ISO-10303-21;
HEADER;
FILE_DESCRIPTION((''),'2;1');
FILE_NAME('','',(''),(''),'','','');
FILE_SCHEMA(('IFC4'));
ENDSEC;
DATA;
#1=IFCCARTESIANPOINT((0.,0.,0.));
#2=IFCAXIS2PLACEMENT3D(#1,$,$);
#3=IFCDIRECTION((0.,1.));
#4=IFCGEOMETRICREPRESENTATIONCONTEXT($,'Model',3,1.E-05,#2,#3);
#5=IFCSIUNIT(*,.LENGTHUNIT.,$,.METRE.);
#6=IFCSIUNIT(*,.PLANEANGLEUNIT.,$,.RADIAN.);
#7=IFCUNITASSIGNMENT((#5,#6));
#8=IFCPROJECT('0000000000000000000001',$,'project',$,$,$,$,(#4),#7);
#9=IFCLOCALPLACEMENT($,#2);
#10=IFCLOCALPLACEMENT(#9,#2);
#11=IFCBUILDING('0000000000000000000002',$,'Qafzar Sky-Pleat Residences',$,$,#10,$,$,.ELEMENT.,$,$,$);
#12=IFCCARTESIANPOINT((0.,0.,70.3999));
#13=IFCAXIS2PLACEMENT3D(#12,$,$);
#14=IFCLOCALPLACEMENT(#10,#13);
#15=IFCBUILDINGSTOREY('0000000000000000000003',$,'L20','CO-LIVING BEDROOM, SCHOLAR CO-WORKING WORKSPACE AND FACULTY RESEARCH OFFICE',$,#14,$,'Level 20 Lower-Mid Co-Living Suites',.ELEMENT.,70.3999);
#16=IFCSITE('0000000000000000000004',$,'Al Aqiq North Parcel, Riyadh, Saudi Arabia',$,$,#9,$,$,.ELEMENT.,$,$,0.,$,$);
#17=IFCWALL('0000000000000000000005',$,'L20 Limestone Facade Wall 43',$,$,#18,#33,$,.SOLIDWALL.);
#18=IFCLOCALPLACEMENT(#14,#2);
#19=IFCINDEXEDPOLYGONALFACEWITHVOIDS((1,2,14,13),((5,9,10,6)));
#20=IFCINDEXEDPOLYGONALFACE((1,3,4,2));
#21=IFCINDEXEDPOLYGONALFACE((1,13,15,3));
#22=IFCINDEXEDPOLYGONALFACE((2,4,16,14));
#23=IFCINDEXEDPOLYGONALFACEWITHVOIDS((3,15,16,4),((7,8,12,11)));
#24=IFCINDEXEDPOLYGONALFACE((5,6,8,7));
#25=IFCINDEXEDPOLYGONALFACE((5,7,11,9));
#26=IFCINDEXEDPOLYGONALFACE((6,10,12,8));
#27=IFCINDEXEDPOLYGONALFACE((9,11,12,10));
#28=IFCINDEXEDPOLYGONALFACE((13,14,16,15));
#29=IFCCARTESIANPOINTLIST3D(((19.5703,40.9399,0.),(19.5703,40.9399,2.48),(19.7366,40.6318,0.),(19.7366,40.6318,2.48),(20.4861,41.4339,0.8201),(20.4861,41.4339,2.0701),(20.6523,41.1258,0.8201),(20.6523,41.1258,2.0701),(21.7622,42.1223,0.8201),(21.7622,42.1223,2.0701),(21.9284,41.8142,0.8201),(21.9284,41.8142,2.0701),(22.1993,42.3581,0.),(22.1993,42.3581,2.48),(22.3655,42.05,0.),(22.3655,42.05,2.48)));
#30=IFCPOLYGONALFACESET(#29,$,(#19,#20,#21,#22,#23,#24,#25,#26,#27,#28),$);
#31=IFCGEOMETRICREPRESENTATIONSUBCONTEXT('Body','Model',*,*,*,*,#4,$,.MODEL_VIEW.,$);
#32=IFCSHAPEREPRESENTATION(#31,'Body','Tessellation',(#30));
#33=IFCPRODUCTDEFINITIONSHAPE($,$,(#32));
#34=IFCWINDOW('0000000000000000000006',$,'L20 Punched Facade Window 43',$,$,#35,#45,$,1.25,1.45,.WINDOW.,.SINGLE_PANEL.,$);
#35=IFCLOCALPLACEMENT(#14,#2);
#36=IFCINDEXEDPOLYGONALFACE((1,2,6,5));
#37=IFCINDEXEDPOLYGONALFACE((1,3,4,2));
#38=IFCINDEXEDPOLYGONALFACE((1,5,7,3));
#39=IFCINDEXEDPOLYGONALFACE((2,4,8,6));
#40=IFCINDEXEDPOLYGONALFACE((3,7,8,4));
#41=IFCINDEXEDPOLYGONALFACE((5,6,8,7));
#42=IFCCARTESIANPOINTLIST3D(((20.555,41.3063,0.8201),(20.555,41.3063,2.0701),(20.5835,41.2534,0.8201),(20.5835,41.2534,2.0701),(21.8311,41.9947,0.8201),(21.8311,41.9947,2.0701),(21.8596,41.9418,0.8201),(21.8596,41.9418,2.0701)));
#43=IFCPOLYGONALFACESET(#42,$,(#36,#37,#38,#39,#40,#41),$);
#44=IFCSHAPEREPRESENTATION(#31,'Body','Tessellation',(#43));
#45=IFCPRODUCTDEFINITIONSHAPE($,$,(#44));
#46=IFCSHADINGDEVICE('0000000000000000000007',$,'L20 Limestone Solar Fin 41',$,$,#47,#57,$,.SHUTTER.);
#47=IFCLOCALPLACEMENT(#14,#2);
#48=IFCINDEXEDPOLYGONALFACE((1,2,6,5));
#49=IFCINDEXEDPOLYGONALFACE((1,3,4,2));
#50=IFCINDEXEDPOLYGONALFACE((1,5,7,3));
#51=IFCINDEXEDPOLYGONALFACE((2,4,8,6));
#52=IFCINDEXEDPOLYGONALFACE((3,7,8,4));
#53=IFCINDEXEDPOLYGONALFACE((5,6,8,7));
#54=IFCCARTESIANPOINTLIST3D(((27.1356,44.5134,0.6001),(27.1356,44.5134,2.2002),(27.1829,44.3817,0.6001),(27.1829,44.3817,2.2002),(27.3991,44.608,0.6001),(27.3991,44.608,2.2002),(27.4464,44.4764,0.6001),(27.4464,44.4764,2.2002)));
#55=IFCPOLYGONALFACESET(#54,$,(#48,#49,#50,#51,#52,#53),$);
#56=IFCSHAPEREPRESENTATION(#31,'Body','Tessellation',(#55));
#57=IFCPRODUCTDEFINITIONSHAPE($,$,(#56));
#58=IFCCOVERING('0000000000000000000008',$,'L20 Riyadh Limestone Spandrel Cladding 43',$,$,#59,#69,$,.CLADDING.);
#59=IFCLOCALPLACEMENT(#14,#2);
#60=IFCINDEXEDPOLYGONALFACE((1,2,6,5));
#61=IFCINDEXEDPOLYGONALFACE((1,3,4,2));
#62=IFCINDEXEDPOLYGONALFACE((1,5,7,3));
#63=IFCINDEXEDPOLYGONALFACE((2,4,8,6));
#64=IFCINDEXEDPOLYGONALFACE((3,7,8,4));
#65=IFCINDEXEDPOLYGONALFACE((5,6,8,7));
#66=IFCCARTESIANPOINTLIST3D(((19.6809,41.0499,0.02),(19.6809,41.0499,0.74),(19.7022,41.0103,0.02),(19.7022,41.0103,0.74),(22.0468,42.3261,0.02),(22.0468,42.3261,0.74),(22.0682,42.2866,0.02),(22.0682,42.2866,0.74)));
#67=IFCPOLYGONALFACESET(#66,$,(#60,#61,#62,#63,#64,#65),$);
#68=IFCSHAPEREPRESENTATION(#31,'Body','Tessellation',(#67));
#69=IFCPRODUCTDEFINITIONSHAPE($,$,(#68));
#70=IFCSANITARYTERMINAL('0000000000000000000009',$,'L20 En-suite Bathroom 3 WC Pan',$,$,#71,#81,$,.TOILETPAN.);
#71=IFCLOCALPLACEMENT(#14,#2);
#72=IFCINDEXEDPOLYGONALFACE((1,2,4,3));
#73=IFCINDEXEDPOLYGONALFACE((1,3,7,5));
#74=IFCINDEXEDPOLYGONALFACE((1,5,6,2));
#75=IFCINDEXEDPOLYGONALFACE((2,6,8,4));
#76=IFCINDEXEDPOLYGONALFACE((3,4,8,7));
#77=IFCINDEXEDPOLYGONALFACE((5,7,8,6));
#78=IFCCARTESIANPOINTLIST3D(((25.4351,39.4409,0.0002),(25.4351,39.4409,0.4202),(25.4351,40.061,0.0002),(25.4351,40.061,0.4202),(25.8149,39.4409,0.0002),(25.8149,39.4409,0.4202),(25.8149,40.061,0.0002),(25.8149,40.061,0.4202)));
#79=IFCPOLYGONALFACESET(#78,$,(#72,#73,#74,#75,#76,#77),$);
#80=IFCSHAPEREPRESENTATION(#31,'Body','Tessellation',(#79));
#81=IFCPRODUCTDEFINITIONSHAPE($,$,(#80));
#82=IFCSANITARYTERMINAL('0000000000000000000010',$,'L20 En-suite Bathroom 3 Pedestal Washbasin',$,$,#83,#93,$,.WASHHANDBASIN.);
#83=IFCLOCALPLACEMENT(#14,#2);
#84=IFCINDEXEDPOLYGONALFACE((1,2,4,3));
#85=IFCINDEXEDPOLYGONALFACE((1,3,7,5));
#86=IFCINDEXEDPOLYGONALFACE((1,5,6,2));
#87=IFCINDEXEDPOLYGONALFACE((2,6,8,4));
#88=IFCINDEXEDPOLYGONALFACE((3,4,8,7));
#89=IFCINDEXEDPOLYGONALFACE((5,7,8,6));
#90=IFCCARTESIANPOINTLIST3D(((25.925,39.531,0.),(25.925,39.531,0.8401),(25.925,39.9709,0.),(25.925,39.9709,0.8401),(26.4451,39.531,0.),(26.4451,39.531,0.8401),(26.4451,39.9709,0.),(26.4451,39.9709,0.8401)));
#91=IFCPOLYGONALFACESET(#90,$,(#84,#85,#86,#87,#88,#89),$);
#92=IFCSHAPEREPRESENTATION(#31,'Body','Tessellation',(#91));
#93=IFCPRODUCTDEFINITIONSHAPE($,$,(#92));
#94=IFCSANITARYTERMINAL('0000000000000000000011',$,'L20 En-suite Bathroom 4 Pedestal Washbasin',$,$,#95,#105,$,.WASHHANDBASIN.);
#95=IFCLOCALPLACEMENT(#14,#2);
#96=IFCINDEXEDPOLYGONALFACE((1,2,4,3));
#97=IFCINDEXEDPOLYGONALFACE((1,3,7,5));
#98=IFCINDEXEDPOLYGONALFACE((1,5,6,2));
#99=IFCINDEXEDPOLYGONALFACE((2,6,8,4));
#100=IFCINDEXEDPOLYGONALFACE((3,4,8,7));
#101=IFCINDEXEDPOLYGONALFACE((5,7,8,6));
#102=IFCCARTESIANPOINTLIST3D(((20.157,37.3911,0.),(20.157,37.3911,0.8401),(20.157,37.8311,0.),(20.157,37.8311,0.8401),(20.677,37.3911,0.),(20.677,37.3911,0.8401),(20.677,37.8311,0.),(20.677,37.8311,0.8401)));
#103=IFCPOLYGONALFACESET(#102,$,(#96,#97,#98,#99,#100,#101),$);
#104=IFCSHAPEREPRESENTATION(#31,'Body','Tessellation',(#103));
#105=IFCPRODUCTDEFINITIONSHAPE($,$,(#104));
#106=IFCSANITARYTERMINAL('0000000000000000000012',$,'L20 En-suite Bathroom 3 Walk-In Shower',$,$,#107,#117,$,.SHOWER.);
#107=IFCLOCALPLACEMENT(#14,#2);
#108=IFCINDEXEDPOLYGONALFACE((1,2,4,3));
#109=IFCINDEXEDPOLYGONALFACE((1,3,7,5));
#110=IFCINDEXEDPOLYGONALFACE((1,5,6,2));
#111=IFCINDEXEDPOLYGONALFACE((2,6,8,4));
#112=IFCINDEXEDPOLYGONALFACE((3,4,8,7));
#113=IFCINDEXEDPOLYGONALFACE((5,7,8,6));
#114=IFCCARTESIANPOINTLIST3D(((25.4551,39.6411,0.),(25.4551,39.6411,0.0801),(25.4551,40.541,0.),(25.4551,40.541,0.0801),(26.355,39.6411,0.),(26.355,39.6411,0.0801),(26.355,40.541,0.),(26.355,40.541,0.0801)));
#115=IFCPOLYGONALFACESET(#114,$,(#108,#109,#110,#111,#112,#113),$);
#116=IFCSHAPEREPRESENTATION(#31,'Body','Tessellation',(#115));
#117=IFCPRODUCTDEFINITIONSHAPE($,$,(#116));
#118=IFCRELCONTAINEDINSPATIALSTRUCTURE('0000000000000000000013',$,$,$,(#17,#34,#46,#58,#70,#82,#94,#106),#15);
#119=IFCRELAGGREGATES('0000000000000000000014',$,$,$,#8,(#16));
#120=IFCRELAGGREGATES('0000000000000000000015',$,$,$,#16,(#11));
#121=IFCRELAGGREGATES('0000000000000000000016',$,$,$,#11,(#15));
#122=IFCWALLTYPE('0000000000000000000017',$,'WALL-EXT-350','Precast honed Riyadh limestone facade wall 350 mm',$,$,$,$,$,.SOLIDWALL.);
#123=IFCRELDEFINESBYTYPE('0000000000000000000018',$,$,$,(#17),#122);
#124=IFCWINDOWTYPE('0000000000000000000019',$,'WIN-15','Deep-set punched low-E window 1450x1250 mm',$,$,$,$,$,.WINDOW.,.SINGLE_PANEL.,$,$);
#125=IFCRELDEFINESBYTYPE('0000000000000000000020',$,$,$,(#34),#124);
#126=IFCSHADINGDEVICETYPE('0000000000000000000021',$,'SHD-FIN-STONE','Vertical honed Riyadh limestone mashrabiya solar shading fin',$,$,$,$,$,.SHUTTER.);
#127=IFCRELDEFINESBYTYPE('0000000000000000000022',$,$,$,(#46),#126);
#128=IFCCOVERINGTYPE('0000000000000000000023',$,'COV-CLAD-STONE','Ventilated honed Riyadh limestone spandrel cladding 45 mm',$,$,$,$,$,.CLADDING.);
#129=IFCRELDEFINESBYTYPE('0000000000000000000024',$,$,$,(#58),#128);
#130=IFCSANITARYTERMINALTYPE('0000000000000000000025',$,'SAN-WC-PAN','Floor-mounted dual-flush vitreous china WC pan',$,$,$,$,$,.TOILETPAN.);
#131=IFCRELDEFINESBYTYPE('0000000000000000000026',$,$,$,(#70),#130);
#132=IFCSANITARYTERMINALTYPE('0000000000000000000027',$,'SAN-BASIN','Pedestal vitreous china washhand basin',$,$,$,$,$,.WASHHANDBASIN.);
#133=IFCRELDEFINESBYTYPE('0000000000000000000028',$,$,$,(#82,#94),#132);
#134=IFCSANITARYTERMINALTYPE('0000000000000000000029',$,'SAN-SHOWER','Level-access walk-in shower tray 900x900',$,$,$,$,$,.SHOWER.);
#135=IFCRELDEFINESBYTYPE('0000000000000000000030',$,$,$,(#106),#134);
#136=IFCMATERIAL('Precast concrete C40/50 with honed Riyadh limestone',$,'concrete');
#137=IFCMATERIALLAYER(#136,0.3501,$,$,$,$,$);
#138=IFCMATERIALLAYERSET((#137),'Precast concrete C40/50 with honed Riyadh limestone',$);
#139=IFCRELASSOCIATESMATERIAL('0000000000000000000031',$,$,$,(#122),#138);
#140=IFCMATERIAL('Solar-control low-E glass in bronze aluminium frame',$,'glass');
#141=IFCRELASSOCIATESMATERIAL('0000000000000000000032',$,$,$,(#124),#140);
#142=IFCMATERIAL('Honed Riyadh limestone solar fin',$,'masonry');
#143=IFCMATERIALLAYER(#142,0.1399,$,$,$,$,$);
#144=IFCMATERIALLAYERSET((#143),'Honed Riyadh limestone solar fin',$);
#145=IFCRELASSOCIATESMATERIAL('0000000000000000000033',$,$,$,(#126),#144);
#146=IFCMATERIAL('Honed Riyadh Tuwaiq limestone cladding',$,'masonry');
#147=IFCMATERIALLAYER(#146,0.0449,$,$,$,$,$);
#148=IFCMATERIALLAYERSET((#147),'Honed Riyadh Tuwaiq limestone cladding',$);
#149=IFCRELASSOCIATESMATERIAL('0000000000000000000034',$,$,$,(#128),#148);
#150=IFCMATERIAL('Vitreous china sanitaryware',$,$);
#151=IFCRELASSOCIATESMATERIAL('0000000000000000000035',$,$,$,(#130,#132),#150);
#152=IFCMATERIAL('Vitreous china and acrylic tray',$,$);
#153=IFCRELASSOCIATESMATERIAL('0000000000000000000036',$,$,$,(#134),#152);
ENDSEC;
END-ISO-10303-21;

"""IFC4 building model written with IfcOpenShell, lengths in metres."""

from ifc_helpers import new_model, si_unit, direction, frame, frame_2d, origin, origin_2d, place, context, subcontext, project, spatial, rectangle, extrude, source, transform, mapped, material, layer, layer_set, type_object, element, fill, save


model = new_model("IFC4")

# Units and contexts
model_context = context("Model", 3, precision=1e-05, world=origin(), true_north=direction((0.0, 1.0)))
body_context = subcontext(model_context, "Body", "Model", "MODEL_VIEW")
ifc_project = project(units=[si_unit("LENGTHUNIT", "METRE"), si_unit("PLANEANGLEUNIT", "RADIAN")], contexts=[model_context])

# Site, building, storey
site_placement = place(None, origin())
site = spatial("IfcSite", under=ifc_project, at=site_placement, Name="Al Aqiq North Parcel, Riyadh, Saudi Arabia", CompositionType="ELEMENT", RefElevation=0.0)
building_placement = place(site_placement, origin())
building = spatial("IfcBuilding", under=site, at=building_placement, Name="Qafzar Sky-Pleat Residences", CompositionType="ELEMENT")
storey_placement = place(building_placement, frame((0.0, 0.0, 70.3999)))
storey = spatial("IfcBuildingStorey", under=building, at=storey_placement, Name="L20", Description="CO-LIVING BEDROOM, SCHOLAR CO-WORKING WORKSPACE AND FACULTY RESEARCH OFFICE", LongName="Level 20 Lower-Mid Co-Living Suites", CompositionType="ELEMENT", Elevation=70.3999)

# Shared definitions
ifc_material_1 = material(Name="Precast concrete C40/50 with honed Riyadh limestone", Category="concrete")
ifc_layer_1 = layer(ifc_material_1, 0.3501)
ifc_layer_set_1 = layer_set([ifc_layer_1], Name="Precast concrete C40/50 with honed Riyadh limestone")
wall_type_1 = type_object("IfcWallType", Name="WALL-EXT-350", Description="Precast honed Riyadh limestone facade wall 350 mm", PredefinedType="SOLIDWALL", material=ifc_layer_set_1)
ifc_material_2 = material(Name="Solar-control low-E glass in bronze aluminium frame", Category="glass")

# Wall, opening, window
wall_1_placement = place(storey_placement, frame((22.2825, 42.2041, 0.0), z_axis=(0.0, 0.0, 1.0), x_axis=(-0.880101, -0.474787, 0.0)))
wall_1 = element("IfcWall", 1, at=wall_1_placement, inside=storey, type_object=wall_type_1, Name="L20 Limestone Facade Wall 43", PredefinedType="SOLIDWALL", context=body_context, shape_type="SweptSolid", body=[
    extrude(rectangle(XDim=2.9871, YDim=0.3501, at=frame_2d((1.4937, 0.0))), origin(), (0.0, 0.0, 1.0), 2.48),
])
opening_1_placement = place(wall_1_placement, frame((0.4966, 0.0, 0.8201)))
opening_1 = element("IfcOpeningElement", 2, at=opening_1_placement, cuts=wall_1, PredefinedType="OPENING", context=body_context, shape_type="SweptSolid", body=[
    extrude(rectangle(XDim=1.45, YDim=1.25, at=frame_2d((0.7251, 0.625))), frame((0.0, 0.1851, 0.0), z_axis=(0.0, -1.0, 0.0), x_axis=(1.0, 0.0, 0.0)), (0.0, 0.0, 1.0), 0.3701),
])
window_type_1 = type_object("IfcWindowType", Name="WIN-15", Description="Deep-set punched low-E window 1450x1250 mm", PartitioningType="SINGLE_PANEL", PredefinedType="WINDOW", material=ifc_material_2)
shared_shape_1 = source(origin(), body_context, "Body", "SweptSolid", [
    extrude(rectangle(XDim=1.45, YDim=1.25, at=frame_2d((0.7251, 0.625))), frame((0.0, 0.03, 0.0), z_axis=(0.0, -1.0, 0.0), x_axis=(1.0, 0.0, 0.0)), (0.0, 0.0, 1.0), 0.0601),
])
window_1_placement = place(opening_1_placement, origin())
window_1 = element("IfcWindow", 3, at=window_1_placement, inside=storey, type_object=window_type_1, Name="L20 Punched Facade Window 43", OverallHeight=1.25, OverallWidth=1.45, PartitioningType="SINGLE_PANEL", PredefinedType="WINDOW", context=body_context, shape_type="MappedRepresentation", body=[
    mapped(shared_shape_1, transform((0.0, 0.0, 0.0), x_axis=(1.0, 0.0, 0.0), y_axis=(0.0, 1.0, 0.0), z_axis=(0.0, 0.0, 1.0), scale=1.0)),
])
fill(opening_1, window_1)

# Shading device
ifc_material_3 = material(Name="Honed Riyadh limestone solar fin", Category="masonry")
ifc_layer_2 = layer(ifc_material_3, 0.1399)
ifc_layer_set_2 = layer_set([ifc_layer_2], Name="Honed Riyadh limestone solar fin")
shading_device_type = type_object("IfcShadingDeviceType", Name="SHD-FIN-STONE", Description="Vertical honed Riyadh limestone mashrabiya solar shading fin", PredefinedType="SHUTTER", material=ifc_layer_set_2)
shared_shape_2 = source(origin(), body_context, "Body", "SweptSolid", [
    extrude(rectangle(XDim=0.1399, YDim=0.28, at=origin_2d()), origin(), (0.0, 0.0, 1.0), 1.6001),
])
shading_device_placement = place(storey_placement, frame((27.291, 44.4949, 0.6001), z_axis=(0.0, 0.0, 1.0), x_axis=(-0.338106, 0.941108, 0.0)))
element("IfcShadingDevice", 4, at=shading_device_placement, inside=storey, type_object=shading_device_type, Name="L20 Limestone Solar Fin 41", PredefinedType="SHUTTER", context=body_context, shape_type="MappedRepresentation", body=[
    mapped(shared_shape_2, transform((0.0, 0.0, 0.0), x_axis=(1.0, 0.0, 0.0), y_axis=(0.0, 1.0, 0.0), z_axis=(0.0, 0.0, 1.0), scale=1.0)),
])

# Covering
ifc_material_4 = material(Name="Honed Riyadh Tuwaiq limestone cladding", Category="masonry")
ifc_layer_3 = layer(ifc_material_4, 0.0449)
ifc_layer_set_3 = layer_set([ifc_layer_3], Name="Honed Riyadh Tuwaiq limestone cladding")
covering_type = type_object("IfcCoveringType", Name="COV-CLAD-STONE", Description="Ventilated honed Riyadh limestone spandrel cladding 45 mm", PredefinedType="CLADDING", material=ifc_layer_set_3)
shared_shape_3 = source(origin(), body_context, "Body", "SweptSolid", [
    extrude(rectangle(XDim=2.6882, YDim=0.0449, at=origin_2d()), origin(), (0.0, 0.0, 1.0), 0.72),
])
covering_placement = place(storey_placement, frame((20.8745, 41.6682, 0.02), z_axis=(0.0, 0.0, 1.0), x_axis=(-0.880124, -0.474745, 0.0)))
element("IfcCovering", 5, at=covering_placement, inside=storey, type_object=covering_type, Name="L20 Riyadh Limestone Spandrel Cladding 43", PredefinedType="CLADDING", context=body_context, shape_type="MappedRepresentation", body=[
    mapped(shared_shape_3, transform((0.0, 0.0, 0.0), x_axis=(1.0, 0.0, 0.0), y_axis=(0.0, 1.0, 0.0), z_axis=(0.0, 0.0, 1.0), scale=1.0)),
])

# Sanitary terminals
ifc_material_5 = material(Name="Vitreous china sanitaryware")
sanitary_terminal_type_1 = type_object("IfcSanitaryTerminalType", Name="SAN-WC-PAN", Description="Floor-mounted dual-flush vitreous china WC pan", PredefinedType="TOILETPAN", material=ifc_material_5)
shared_shape_4 = source(origin(), body_context, "Body", "SweptSolid", [
    extrude(rectangle(XDim=0.3799, YDim=0.6201, at=origin_2d()), origin(), (0.0, 0.0, 1.0), 0.4199),
])
sanitary_terminal_1_placement = place(storey_placement, frame((25.625, 39.751, 0.0002), z_axis=(0.0, 0.0, 1.0), x_axis=(1.0, 0.0, 0.0)))
element("IfcSanitaryTerminal", 6, at=sanitary_terminal_1_placement, inside=storey, type_object=sanitary_terminal_type_1, Name="L20 En-suite Bathroom 3 WC Pan", PredefinedType="TOILETPAN", context=body_context, shape_type="MappedRepresentation", body=[
    mapped(shared_shape_4, transform((0.0, 0.0, 0.0), x_axis=(1.0, 0.0, 0.0), y_axis=(0.0, 1.0, 0.0), z_axis=(0.0, 0.0, 1.0), scale=1.0)),
])
sanitary_terminal_type_2 = type_object("IfcSanitaryTerminalType", Name="SAN-BASIN", Description="Pedestal vitreous china washhand basin", PredefinedType="WASHHANDBASIN", material=ifc_material_5)
shared_shape_5 = source(origin(), body_context, "Body", "SweptSolid", [
    extrude(rectangle(XDim=0.52, YDim=0.4399, at=origin_2d()), origin(), (0.0, 0.0, 1.0), 0.8401),
])
for number, where, z_axis, x_axis, name in (
    (7, (26.1851, 39.751, 0.0), (0.0, 0.0, 1.0), (1.0, 0.0, 0.0), "L20 En-suite Bathroom 3 Pedestal Washbasin"),
    (8, (20.417, 37.6111, 0.0), (0.0, 0.0, 1.0), (1.0, 0.0, 0.0), "L20 En-suite Bathroom 4 Pedestal Washbasin"),
):
    element("IfcSanitaryTerminal", number, at=place(storey_placement, frame(where, z_axis=z_axis, x_axis=x_axis)), inside=storey, type_object=sanitary_terminal_type_2, Name=name, PredefinedType="WASHHANDBASIN", context=body_context, shape_type="MappedRepresentation", body=[
        mapped(shared_shape_5, transform((0.0, 0.0, 0.0), x_axis=(1.0, 0.0, 0.0), y_axis=(0.0, 1.0, 0.0), z_axis=(0.0, 0.0, 1.0), scale=1.0)),
    ])
ifc_material_6 = material(Name="Vitreous china and acrylic tray")
sanitary_terminal_type_3 = type_object("IfcSanitaryTerminalType", Name="SAN-SHOWER", Description="Level-access walk-in shower tray 900x900", PredefinedType="SHOWER", material=ifc_material_6)
shared_shape_6 = source(origin(), body_context, "Body", "SweptSolid", [
    extrude(rectangle(XDim=0.8999, YDim=0.8999, at=origin_2d()), origin(), (0.0, 0.0, 1.0), 0.0801),
])
sanitary_terminal_2_placement = place(storey_placement, frame((25.905, 40.0911, 0.0), z_axis=(0.0, 0.0, 1.0), x_axis=(1.0, 0.0, 0.0)))
element("IfcSanitaryTerminal", 9, at=sanitary_terminal_2_placement, inside=storey, type_object=sanitary_terminal_type_3, Name="L20 En-suite Bathroom 3 Walk-In Shower", PredefinedType="SHOWER", context=body_context, shape_type="MappedRepresentation", body=[
    mapped(shared_shape_6, transform((0.0, 0.0, 0.0), x_axis=(1.0, 0.0, 0.0), y_axis=(0.0, 1.0, 0.0), z_axis=(0.0, 0.0, 1.0), scale=1.0)),
])

save(model, "model.ifc")
